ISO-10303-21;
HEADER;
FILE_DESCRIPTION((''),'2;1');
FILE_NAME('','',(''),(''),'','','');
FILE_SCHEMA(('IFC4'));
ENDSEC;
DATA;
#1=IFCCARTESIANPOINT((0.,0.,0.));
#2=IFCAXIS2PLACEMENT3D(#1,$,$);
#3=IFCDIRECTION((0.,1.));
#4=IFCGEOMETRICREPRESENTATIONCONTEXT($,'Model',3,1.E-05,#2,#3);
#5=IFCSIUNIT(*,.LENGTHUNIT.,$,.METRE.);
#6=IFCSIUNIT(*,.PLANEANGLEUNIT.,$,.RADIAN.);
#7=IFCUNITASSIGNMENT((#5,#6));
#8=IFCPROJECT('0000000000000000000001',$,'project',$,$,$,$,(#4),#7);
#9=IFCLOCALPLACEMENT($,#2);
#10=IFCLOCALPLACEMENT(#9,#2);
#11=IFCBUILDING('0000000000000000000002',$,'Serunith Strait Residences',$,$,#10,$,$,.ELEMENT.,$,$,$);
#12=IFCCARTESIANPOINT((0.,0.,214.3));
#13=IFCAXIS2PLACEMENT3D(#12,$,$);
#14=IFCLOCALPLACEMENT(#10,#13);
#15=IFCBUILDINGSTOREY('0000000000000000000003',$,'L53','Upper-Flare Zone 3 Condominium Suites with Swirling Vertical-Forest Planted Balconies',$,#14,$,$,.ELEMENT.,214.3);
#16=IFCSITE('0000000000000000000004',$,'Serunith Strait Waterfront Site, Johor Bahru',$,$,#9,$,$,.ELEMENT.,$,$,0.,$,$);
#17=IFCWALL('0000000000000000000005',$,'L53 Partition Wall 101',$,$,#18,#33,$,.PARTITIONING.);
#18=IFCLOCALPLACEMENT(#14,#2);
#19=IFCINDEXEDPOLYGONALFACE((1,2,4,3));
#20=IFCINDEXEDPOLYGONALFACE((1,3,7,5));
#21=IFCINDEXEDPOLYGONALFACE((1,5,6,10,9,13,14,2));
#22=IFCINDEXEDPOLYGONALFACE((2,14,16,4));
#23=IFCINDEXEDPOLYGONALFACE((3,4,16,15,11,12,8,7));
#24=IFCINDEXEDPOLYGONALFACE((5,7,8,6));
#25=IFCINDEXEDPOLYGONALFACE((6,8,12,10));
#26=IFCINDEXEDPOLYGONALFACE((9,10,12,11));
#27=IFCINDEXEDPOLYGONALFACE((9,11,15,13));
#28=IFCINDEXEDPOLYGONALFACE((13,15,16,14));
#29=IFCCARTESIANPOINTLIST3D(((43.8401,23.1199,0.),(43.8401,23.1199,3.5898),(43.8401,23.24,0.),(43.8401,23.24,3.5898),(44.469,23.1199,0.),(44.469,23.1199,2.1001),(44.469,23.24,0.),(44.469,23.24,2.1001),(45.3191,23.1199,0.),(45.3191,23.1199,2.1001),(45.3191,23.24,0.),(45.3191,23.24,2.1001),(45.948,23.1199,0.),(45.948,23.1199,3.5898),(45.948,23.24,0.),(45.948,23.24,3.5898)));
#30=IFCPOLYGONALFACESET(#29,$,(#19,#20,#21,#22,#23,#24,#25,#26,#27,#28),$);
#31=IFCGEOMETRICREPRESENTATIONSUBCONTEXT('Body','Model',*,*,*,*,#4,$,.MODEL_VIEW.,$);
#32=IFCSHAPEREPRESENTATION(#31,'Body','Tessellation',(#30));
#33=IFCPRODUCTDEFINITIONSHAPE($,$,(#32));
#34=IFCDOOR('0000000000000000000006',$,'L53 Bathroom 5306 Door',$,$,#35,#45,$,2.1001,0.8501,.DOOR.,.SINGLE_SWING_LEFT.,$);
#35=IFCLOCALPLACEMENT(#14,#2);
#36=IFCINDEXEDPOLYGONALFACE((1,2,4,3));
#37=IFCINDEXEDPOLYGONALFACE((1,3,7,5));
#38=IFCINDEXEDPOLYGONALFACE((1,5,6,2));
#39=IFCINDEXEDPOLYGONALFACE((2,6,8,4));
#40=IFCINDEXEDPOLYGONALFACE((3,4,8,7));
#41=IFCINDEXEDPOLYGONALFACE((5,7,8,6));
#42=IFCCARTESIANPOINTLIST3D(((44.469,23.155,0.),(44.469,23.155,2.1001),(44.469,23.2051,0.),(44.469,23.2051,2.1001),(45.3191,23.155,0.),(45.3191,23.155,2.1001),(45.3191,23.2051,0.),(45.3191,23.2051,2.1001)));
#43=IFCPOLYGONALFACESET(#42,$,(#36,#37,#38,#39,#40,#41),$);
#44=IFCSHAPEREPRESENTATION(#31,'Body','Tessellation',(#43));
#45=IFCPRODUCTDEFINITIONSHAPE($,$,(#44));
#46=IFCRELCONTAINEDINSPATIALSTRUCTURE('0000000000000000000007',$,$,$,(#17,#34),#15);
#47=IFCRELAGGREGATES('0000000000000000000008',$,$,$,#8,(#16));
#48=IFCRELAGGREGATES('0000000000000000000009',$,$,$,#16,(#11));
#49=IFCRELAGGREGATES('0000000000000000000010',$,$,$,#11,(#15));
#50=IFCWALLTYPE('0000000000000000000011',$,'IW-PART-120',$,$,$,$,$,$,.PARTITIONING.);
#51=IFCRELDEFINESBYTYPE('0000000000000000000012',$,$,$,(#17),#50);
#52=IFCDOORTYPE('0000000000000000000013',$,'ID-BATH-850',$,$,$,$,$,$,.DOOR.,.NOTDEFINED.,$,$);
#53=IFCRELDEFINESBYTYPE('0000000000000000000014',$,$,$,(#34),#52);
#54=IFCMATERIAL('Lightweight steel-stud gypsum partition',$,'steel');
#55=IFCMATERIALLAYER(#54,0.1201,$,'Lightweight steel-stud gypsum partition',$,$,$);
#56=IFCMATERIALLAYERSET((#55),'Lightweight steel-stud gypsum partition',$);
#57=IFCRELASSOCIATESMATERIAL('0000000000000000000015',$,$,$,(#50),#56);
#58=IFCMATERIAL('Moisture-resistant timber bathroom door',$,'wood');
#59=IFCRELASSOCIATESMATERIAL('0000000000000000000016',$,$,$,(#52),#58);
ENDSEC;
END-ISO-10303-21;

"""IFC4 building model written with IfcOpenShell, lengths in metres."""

from ifc_helpers import new_model, si_unit, direction, frame, frame_2d, origin, place, context, subcontext, project, spatial, rectangle, extrude, source, transform, mapped, material, layer, layer_set, type_object, element, fill, save


model = new_model("IFC4")

# Units and contexts
model_context = context("Model", 3, precision=1e-05, world=origin(), true_north=direction((0.0, 1.0)))
body_context = subcontext(model_context, "Body", "Model", "MODEL_VIEW")
ifc_project = project(units=[si_unit("LENGTHUNIT", "METRE"), si_unit("PLANEANGLEUNIT", "RADIAN")], contexts=[model_context])

# Site, building, storey
site_placement = place(None, origin())
site = spatial("IfcSite", under=ifc_project, at=site_placement, Name="Serunith Strait Waterfront Site, Johor Bahru", CompositionType="ELEMENT", RefElevation=0.0)
building_placement = place(site_placement, origin())
building = spatial("IfcBuilding", under=site, at=building_placement, Name="Serunith Strait Residences", CompositionType="ELEMENT")
storey_placement = place(building_placement, frame((0.0, 0.0, 214.3)))
storey = spatial("IfcBuildingStorey", under=building, at=storey_placement, Name="L53", Description="Upper-Flare Zone 3 Condominium Suites with Swirling Vertical-Forest Planted Balconies", CompositionType="ELEMENT", Elevation=214.3)

# Shared definitions
ifc_material_1 = material(Name="Lightweight steel-stud gypsum partition", Category="steel")
ifc_layer_1 = layer(ifc_material_1, 0.1201, Name="Lightweight steel-stud gypsum partition")
ifc_layer_set_1 = layer_set([ifc_layer_1], Name="Lightweight steel-stud gypsum partition")
wall_type = type_object("IfcWallType", Name="IW-PART-120", PredefinedType="PARTITIONING", material=ifc_layer_set_1)

# Shared definitions
ifc_material_2 = material(Name="Moisture-resistant timber bathroom door", Category="wood")
door_type_1 = type_object("IfcDoorType", Name="ID-BATH-850", OperationType="NOTDEFINED", PredefinedType="DOOR", material=ifc_material_2)
shared_shape_1 = source(origin(), body_context, "Body", "SweptSolid", [
    extrude(rectangle(XDim=0.8501, YDim=2.1001, at=frame_2d((0.425, 1.05))), frame((0.0, 0.0249, 0.0), z_axis=(0.0, -1.0, 0.0), x_axis=(1.0, 0.0, 0.0)), (0.0, 0.0, 1.0), 0.05),
])

# Wall, opening, door
wall_1_placement = place(storey_placement, frame((45.948, 23.1799, 0.0), z_axis=(0.0, 0.0, 1.0), x_axis=(-1.0, 0.0, 0.0)))
wall_1 = element("IfcWall", 1, at=wall_1_placement, inside=storey, type_object=wall_type, Name="L53 Partition Wall 101", PredefinedType="PARTITIONING", context=body_context, shape_type="SweptSolid", body=[
    extrude(rectangle(XDim=2.1079, YDim=0.1201, at=frame_2d((1.054, 0.0))), origin(), (0.0, 0.0, 1.0), 3.5898),
])
opening_1_placement = place(wall_1_placement, frame((0.6289, 0.0, 0.0)))
opening_1 = element("IfcOpeningElement", 2, at=opening_1_placement, cuts=wall_1, PredefinedType="OPENING", context=body_context, shape_type="SweptSolid", body=[
    extrude(rectangle(XDim=0.8501, YDim=2.1001, at=frame_2d((0.425, 1.05))), frame((0.0, 0.0701, 0.0), z_axis=(0.0, -1.0, 0.0), x_axis=(1.0, 0.0, 0.0)), (0.0, 0.0, 1.0), 0.1401),
])
door_1_placement = place(opening_1_placement, origin())
door_1 = element("IfcDoor", 3, at=door_1_placement, inside=storey, type_object=door_type_1, Name="L53 Bathroom 5306 Door", OperationType="SINGLE_SWING_LEFT", OverallHeight=2.1001, OverallWidth=0.8501, PredefinedType="DOOR", context=body_context, shape_type="MappedRepresentation", body=[
    mapped(shared_shape_1, transform((0.0, 0.0, 0.0), scale=1.0)),
])
fill(opening_1, door_1)

save(model, "model.ifc")
